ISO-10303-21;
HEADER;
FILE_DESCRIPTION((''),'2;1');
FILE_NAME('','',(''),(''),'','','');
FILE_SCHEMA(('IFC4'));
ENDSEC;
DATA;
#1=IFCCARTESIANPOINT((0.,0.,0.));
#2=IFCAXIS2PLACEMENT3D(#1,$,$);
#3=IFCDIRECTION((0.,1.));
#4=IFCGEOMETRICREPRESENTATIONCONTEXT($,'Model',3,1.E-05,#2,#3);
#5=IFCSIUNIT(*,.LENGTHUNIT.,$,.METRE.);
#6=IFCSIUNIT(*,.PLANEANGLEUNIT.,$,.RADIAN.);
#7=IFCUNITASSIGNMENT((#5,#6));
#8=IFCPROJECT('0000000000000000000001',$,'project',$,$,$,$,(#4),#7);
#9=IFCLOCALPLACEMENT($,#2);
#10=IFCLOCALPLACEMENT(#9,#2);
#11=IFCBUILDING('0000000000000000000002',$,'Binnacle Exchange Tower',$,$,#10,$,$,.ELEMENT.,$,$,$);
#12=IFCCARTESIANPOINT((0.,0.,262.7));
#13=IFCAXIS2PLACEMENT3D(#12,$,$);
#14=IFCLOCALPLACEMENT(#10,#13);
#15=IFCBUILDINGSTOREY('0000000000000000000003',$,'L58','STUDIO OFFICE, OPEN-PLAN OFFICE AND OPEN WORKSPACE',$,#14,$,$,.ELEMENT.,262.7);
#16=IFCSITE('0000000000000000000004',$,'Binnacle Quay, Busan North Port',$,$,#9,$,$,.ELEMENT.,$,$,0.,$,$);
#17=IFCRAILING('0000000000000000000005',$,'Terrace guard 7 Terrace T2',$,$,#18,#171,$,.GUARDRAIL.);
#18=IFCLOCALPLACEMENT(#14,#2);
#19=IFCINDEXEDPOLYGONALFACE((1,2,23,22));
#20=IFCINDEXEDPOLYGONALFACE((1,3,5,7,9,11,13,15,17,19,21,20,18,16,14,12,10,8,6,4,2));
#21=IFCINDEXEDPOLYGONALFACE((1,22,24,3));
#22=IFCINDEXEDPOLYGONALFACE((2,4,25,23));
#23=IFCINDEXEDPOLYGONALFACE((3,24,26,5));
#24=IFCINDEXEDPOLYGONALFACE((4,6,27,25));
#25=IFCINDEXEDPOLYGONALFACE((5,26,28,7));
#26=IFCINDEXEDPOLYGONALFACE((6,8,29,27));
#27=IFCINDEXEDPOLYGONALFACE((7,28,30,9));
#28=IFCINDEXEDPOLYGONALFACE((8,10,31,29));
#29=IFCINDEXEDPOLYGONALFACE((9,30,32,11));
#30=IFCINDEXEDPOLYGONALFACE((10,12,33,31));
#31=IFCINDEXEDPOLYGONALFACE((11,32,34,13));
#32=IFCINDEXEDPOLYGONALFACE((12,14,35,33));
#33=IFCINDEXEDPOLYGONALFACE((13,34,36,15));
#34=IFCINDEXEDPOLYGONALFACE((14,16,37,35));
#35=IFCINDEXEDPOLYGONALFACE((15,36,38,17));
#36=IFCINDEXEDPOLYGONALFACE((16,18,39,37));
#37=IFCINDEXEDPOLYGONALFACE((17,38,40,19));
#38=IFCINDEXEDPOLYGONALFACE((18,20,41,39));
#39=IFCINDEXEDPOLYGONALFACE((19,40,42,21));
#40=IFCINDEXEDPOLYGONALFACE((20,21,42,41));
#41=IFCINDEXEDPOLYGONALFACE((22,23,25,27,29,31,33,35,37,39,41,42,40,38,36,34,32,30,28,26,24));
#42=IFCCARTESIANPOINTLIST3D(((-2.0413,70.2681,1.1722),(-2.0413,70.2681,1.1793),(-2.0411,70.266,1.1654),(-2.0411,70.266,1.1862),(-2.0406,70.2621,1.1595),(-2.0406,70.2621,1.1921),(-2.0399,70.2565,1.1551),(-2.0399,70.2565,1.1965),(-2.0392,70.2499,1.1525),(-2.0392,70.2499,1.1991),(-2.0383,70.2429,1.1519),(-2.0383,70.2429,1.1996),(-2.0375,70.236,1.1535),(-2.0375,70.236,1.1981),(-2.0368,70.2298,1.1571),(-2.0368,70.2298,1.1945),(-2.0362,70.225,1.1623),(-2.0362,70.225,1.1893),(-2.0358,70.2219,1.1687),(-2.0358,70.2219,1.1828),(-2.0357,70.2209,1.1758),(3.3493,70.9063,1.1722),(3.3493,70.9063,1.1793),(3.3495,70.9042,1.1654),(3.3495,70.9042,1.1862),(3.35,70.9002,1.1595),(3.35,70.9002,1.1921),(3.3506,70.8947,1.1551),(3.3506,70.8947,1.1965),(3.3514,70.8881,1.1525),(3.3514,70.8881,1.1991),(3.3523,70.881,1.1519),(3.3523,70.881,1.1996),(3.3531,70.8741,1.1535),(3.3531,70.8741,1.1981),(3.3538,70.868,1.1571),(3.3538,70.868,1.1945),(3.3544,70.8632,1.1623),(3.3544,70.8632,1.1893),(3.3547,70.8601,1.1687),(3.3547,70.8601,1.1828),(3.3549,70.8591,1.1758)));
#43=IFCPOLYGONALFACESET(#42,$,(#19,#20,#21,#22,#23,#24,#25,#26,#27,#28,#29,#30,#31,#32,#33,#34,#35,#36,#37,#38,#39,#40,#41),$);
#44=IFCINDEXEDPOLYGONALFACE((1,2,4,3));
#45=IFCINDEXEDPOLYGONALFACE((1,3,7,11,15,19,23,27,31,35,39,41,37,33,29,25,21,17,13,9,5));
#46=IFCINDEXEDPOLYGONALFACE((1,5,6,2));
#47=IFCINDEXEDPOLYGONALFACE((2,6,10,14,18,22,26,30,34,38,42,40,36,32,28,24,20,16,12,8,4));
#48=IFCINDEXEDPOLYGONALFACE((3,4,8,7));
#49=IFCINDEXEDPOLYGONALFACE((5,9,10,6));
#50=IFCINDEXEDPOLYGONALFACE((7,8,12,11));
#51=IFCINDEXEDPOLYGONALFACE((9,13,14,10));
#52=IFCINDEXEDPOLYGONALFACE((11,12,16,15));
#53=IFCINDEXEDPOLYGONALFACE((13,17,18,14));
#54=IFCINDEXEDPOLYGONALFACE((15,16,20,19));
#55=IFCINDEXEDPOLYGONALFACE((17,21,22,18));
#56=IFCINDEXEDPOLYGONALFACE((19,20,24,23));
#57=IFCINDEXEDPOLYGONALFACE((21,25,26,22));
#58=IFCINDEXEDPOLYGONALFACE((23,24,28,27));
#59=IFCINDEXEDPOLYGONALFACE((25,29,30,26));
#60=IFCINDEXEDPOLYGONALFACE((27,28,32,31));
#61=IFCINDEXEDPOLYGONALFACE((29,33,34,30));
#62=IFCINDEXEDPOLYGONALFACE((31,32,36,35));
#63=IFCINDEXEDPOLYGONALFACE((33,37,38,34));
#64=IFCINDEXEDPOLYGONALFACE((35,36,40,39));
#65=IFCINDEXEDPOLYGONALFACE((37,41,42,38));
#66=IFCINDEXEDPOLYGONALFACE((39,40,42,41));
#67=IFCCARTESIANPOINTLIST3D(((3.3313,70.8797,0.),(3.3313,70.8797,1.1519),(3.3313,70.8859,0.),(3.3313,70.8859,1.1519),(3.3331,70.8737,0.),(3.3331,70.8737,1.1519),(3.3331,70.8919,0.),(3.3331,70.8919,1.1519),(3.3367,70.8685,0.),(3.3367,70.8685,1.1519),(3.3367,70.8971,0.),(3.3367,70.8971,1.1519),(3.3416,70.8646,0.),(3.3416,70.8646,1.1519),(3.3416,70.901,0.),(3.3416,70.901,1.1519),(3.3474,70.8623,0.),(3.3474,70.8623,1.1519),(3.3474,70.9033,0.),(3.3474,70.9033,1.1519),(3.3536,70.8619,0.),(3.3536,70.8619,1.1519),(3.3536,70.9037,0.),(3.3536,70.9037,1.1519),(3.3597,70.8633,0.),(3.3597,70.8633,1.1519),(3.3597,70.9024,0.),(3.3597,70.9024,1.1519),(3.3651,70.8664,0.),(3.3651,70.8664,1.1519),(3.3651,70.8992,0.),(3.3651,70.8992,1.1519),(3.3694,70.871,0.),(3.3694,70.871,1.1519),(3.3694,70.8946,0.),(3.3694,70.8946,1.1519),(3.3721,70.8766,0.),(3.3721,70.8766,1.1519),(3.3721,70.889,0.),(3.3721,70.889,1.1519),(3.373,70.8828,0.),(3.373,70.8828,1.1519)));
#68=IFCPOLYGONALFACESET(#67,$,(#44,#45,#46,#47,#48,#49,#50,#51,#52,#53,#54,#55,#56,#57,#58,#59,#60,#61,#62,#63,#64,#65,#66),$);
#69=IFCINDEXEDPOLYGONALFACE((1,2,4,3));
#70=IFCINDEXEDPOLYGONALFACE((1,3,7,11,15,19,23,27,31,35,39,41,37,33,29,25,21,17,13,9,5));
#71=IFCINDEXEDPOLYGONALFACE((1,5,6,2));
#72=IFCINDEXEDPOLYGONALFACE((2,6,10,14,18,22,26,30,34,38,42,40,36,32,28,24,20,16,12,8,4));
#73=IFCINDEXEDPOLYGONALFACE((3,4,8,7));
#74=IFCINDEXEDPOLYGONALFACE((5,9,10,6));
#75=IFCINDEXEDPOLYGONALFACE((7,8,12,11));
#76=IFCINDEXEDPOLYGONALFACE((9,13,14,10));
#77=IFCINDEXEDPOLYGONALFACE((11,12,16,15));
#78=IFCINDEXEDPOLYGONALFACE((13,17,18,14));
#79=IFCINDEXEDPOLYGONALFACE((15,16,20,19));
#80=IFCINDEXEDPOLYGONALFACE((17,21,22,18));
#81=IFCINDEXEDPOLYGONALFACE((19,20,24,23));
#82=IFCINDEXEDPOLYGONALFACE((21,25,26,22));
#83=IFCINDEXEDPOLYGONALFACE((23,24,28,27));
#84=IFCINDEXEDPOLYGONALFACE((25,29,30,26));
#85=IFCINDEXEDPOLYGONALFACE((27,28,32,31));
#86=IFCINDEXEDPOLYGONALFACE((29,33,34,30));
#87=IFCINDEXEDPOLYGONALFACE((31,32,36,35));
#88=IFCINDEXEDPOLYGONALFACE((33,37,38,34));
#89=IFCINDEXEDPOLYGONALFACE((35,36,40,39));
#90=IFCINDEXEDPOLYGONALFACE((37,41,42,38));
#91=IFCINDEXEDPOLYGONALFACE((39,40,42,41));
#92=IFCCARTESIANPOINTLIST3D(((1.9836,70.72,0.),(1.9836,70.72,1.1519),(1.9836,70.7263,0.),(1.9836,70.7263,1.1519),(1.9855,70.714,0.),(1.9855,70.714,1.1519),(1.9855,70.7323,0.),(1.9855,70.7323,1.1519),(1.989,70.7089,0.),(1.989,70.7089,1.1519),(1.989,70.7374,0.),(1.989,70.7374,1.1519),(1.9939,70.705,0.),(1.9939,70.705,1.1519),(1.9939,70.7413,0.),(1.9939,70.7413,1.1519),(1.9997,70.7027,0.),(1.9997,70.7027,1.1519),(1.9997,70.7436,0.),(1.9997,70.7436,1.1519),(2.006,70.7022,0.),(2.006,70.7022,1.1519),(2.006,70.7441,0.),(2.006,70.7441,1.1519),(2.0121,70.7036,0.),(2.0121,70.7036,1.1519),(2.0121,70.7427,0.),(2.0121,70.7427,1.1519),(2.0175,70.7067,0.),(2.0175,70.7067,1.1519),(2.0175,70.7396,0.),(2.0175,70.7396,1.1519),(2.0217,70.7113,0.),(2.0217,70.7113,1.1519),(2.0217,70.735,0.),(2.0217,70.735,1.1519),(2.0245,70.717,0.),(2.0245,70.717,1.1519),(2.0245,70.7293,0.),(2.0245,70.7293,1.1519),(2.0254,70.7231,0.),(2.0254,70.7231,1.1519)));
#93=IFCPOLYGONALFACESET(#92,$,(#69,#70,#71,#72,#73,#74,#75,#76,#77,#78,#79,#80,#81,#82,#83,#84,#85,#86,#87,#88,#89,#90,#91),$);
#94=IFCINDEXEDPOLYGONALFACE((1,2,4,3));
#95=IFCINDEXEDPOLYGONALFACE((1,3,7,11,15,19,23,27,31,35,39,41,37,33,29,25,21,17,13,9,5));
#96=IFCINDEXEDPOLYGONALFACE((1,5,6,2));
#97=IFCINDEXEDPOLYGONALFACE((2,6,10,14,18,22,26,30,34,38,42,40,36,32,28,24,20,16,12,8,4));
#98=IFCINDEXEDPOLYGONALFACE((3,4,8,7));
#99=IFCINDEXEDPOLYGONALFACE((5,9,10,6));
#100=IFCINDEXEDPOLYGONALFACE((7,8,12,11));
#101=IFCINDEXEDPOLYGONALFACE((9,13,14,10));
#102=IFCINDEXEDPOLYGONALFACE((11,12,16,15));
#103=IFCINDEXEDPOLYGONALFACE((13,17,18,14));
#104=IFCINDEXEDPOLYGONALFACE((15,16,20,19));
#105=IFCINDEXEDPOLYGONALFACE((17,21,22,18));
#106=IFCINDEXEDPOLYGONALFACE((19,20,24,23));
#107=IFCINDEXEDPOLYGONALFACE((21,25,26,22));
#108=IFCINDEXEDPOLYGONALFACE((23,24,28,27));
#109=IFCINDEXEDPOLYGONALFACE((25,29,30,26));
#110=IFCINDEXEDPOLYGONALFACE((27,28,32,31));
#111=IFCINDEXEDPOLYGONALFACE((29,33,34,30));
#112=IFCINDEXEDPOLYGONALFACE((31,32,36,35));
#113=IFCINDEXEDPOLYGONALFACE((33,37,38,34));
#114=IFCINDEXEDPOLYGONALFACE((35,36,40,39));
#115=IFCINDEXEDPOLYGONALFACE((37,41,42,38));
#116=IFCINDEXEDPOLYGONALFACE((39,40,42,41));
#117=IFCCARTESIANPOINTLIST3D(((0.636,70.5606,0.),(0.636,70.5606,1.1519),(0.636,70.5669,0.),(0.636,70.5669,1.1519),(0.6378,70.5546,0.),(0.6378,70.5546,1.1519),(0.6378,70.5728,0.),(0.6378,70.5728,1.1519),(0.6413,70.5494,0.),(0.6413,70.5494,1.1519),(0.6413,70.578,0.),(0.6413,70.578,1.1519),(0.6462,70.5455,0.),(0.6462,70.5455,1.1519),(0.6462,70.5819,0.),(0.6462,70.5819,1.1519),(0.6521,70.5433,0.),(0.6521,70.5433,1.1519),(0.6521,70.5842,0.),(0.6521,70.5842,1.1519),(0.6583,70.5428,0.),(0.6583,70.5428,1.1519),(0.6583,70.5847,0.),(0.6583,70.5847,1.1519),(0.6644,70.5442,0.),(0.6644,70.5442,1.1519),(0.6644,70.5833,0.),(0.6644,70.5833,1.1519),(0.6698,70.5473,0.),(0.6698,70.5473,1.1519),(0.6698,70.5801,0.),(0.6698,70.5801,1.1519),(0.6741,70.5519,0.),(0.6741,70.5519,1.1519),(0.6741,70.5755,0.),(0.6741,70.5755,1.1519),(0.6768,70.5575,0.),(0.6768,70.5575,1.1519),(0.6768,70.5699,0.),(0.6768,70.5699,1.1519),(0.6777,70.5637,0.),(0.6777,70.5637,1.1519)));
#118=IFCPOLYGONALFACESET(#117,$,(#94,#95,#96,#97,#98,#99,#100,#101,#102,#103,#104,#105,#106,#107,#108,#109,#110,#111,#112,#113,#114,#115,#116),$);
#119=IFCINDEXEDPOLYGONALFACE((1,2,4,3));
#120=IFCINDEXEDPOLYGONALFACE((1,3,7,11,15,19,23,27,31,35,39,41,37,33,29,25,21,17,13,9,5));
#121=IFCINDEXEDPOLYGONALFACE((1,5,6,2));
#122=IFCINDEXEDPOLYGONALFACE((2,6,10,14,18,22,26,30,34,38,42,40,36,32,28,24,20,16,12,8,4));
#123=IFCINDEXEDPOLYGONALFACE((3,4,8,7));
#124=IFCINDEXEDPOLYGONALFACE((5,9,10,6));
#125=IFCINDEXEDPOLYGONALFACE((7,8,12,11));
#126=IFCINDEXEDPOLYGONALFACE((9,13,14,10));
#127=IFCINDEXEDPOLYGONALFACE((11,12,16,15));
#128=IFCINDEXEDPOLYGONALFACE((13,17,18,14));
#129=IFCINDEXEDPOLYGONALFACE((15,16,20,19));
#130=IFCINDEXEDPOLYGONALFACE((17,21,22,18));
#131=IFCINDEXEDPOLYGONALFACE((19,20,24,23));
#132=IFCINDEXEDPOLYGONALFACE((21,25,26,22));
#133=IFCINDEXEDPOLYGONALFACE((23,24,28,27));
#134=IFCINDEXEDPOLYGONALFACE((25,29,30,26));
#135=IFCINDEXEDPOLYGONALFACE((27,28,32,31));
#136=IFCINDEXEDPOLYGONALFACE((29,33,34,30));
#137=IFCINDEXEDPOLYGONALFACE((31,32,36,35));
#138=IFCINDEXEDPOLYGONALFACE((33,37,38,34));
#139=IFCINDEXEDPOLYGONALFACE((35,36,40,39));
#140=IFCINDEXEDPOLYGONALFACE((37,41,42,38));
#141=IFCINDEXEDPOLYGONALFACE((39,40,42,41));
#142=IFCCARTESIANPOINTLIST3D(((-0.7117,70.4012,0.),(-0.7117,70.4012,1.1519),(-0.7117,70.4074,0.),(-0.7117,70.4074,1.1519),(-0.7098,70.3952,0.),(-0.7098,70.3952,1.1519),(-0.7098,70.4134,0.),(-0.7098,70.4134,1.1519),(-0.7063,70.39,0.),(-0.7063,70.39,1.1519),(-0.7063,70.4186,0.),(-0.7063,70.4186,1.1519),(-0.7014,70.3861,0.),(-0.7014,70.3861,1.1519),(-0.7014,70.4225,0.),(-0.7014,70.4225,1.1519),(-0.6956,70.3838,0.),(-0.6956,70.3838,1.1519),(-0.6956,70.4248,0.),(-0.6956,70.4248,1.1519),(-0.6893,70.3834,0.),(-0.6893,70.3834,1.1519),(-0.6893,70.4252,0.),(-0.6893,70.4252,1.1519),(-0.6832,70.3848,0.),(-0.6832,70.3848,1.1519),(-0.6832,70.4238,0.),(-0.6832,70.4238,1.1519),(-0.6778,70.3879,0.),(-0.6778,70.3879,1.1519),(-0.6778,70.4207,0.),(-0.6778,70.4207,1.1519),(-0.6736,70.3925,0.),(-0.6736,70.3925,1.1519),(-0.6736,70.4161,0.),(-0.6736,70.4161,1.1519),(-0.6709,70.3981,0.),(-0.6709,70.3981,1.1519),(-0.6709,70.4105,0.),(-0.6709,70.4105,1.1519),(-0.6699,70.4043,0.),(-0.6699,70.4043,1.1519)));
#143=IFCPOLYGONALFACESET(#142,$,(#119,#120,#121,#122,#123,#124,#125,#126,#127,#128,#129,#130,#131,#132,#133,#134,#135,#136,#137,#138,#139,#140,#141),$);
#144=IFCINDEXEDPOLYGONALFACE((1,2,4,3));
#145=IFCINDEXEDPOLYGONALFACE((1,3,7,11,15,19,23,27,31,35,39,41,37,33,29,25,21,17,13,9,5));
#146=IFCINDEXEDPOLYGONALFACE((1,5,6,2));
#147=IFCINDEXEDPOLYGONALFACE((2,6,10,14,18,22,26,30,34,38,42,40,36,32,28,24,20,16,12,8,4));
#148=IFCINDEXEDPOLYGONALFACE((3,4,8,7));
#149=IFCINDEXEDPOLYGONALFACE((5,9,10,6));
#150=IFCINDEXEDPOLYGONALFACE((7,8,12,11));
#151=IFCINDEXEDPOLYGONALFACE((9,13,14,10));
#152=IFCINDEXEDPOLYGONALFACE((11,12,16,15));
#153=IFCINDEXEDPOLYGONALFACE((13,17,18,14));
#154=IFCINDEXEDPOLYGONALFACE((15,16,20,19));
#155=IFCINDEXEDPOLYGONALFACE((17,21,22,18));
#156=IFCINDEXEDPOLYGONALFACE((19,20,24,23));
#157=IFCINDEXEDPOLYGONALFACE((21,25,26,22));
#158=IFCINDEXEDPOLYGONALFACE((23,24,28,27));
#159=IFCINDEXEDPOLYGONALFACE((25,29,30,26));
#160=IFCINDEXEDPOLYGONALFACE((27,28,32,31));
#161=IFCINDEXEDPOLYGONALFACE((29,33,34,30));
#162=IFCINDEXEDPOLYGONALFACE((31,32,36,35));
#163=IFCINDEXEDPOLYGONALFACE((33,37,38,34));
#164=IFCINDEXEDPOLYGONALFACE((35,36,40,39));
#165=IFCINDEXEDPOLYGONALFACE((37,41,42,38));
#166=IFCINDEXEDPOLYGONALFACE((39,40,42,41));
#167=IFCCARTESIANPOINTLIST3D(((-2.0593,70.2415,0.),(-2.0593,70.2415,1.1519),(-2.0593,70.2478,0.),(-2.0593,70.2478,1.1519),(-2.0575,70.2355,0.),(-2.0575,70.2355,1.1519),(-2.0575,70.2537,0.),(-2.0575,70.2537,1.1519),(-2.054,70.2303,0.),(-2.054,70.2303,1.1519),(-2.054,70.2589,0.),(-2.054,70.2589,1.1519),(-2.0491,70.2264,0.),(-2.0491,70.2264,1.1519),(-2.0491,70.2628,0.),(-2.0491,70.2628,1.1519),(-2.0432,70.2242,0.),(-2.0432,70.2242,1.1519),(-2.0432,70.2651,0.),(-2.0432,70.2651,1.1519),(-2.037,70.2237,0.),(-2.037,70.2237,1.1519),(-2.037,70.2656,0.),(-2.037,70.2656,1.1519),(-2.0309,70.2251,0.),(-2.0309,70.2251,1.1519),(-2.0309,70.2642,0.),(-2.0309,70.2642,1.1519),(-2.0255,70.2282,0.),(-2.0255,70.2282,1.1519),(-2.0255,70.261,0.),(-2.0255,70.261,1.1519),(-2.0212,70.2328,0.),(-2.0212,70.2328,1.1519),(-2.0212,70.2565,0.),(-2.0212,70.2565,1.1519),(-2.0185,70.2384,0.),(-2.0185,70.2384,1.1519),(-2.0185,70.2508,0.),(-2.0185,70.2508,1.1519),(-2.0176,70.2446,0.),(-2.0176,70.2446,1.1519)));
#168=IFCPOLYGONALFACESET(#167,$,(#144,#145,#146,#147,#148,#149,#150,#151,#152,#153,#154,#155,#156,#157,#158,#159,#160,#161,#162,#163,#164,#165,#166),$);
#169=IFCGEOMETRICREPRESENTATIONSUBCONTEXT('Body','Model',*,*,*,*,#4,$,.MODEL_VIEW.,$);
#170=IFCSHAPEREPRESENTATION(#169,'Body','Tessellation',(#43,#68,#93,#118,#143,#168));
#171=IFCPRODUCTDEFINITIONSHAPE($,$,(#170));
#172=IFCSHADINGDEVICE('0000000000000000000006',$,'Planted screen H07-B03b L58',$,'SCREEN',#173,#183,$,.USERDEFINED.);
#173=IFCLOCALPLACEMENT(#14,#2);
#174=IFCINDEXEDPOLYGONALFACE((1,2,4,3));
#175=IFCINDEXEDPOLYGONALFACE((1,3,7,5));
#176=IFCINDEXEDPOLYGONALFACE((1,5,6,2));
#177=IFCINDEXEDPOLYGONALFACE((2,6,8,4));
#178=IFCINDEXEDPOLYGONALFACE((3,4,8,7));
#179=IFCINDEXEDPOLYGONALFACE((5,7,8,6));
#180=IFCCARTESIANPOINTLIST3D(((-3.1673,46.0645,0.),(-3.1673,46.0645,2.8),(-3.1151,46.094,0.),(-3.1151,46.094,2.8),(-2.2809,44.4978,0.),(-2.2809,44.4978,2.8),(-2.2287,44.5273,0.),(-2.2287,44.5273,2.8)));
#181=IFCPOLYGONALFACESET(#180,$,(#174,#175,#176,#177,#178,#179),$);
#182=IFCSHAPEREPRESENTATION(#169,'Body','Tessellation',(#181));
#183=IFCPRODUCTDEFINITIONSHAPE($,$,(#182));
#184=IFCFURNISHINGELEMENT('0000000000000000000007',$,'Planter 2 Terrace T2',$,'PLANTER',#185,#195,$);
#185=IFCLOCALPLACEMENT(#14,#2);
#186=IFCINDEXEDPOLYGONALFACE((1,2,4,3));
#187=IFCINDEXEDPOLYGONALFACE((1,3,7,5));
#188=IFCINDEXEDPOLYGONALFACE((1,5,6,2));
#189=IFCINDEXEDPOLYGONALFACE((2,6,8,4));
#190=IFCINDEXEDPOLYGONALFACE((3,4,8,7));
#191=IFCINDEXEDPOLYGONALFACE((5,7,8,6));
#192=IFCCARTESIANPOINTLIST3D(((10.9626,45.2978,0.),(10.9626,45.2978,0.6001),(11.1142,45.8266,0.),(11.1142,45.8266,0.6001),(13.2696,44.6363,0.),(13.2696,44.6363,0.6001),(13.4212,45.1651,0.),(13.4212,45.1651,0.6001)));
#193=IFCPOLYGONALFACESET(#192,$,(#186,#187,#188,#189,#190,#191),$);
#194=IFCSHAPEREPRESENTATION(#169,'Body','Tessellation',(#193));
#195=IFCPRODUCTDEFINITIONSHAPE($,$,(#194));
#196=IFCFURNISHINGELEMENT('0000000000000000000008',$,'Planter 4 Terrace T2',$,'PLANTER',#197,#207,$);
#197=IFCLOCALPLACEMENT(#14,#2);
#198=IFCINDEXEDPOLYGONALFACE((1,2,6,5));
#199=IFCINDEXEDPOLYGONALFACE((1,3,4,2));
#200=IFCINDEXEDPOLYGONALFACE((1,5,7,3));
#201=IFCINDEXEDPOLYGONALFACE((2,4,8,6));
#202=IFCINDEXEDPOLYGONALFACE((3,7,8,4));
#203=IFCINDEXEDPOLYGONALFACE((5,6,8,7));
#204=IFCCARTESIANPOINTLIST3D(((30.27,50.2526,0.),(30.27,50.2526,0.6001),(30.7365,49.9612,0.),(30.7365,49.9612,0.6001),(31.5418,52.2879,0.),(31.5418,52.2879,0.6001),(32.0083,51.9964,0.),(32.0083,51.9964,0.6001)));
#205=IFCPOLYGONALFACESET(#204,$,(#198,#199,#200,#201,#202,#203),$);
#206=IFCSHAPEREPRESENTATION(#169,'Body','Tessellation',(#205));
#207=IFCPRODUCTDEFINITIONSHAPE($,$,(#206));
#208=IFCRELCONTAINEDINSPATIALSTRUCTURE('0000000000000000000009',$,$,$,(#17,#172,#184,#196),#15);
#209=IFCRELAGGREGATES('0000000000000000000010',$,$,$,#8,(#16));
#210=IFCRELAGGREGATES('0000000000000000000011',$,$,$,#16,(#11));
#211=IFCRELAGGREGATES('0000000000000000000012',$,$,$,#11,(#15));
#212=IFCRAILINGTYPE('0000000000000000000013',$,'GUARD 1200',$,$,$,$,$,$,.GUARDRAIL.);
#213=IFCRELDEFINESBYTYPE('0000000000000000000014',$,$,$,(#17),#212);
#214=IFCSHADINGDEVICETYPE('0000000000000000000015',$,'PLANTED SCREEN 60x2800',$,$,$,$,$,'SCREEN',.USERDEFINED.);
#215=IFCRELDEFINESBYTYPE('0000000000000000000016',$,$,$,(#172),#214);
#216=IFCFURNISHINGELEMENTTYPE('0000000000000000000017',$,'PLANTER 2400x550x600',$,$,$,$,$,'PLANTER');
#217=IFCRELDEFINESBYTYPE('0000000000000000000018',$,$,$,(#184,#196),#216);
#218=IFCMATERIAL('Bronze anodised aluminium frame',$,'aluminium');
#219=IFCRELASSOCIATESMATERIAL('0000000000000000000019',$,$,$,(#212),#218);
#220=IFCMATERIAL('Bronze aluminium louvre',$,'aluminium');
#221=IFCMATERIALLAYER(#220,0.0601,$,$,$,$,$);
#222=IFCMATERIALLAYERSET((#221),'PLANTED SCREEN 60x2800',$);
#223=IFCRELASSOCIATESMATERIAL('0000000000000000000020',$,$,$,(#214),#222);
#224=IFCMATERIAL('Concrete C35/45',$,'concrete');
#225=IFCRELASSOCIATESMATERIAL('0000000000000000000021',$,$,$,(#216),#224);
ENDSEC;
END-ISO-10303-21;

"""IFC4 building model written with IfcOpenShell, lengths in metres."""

from ifc_helpers import new_model, si_unit, direction, frame, origin, origin_2d, place, context, subcontext, project, spatial, rectangle, circle, extrude, material, layer, layer_set, type_object, element, save


model = new_model("IFC4")

# Units and contexts
model_context = context("Model", 3, precision=1e-05, world=origin(), true_north=direction((0.0, 1.0)))
body_context = subcontext(model_context, "Body", "Model", "MODEL_VIEW")
ifc_project = project(units=[si_unit("LENGTHUNIT", "METRE"), si_unit("PLANEANGLEUNIT", "RADIAN")], contexts=[model_context])

# Site, building, storey
site_placement = place(None, origin())
site = spatial("IfcSite", under=ifc_project, at=site_placement, Name="Binnacle Quay, Busan North Port", CompositionType="ELEMENT", RefElevation=0.0)
building_placement = place(site_placement, origin())
building = spatial("IfcBuilding", under=site, at=building_placement, Name="Binnacle Exchange Tower", CompositionType="ELEMENT")
storey_placement = place(building_placement, frame((0.0, 0.0, 262.7)))
storey = spatial("IfcBuildingStorey", under=building, at=storey_placement, Name="L58", Description="STUDIO OFFICE, OPEN-PLAN OFFICE AND OPEN WORKSPACE", CompositionType="ELEMENT", Elevation=262.7)

# Shared definitions
ifc_material_1 = material(Name="Bronze anodised aluminium frame", Category="aluminium")

# Railing
railing_type = type_object("IfcRailingType", Name="GUARD 1200", PredefinedType="GUARDRAIL", material=ifc_material_1)
railing_1_placement = place(storey_placement, frame((3.3521, 70.8828, 0.0)))
element("IfcRailing", 1, at=railing_1_placement, inside=storey, type_object=railing_type, Name="Terrace guard 7 Terrace T2", PredefinedType="GUARDRAIL", context=body_context, shape_type="SweptSolid", body=[
    extrude(circle(Radius=0.0239, at=origin_2d()), frame((0.0, 0.0, 1.1758), z_axis=(-0.993065, -0.117567, 0.0), x_axis=(0.117567, -0.993065, 0.0)), (0.0, 0.0, 1.0), 5.4282),
    extrude(circle(Radius=0.021, at=origin_2d()), origin(), (0.0, 0.0, 1.0), 1.1519),
    extrude(circle(Radius=0.021, at=origin_2d()), frame((-1.3477, -0.1597, 0.0)), (0.0, 0.0, 1.0), 1.1519),
    extrude(circle(Radius=0.021, at=origin_2d()), frame((-2.6953, -0.3191, 0.0)), (0.0, 0.0, 1.0), 1.1519),
    extrude(circle(Radius=0.021, at=origin_2d()), frame((-4.043, -0.4785, 0.0)), (0.0, 0.0, 1.0), 1.1519),
    extrude(circle(Radius=0.021, at=origin_2d()), frame((-5.3906, -0.6382, 0.0)), (0.0, 0.0, 1.0), 1.1519),
])

# Shading device
ifc_material_2 = material(Name="Bronze aluminium louvre", Category="aluminium")
ifc_layer_1 = layer(ifc_material_2, 0.0601)
ifc_layer_set_1 = layer_set([ifc_layer_1], Name="PLANTED SCREEN 60x2800")
shading_device_type = type_object("IfcShadingDeviceType", Name="PLANTED SCREEN 60x2800", ElementType="SCREEN", PredefinedType="USERDEFINED", material=ifc_layer_set_1)
shading_device_placement = place(storey_placement, frame((-2.698, 45.2959, 0.0), z_axis=(0.0, 0.0, 1.0), x_axis=(0.870356, 0.492424, 0.0)))
element("IfcShadingDevice", 2, at=shading_device_placement, inside=storey, type_object=shading_device_type, Name="Planted screen H07-B03b L58", ObjectType="SCREEN", PredefinedType="USERDEFINED", context=body_context, shape_type="SweptSolid", body=[
    extrude(rectangle(XDim=0.0601, YDim=1.8, at=origin_2d()), origin(), (0.0, 0.0, 1.0), 2.8),
])

# Furnishing elements
ifc_material_3 = material(Name="Concrete C35/45", Category="concrete")
furnishing_element_type = type_object("IfcFurnishingElementType", Name="PLANTER 2400x550x600", ElementType="PLANTER", material=ifc_material_3)
for number, where, z_axis, x_axis, name in (
    (3, (12.1919, 45.2314, 0.0), (0.0, 0.0, 1.0), (0.961262, -0.275636, 0.0), "Planter 2 Terrace T2"),
    (4, (31.1392, 51.1245, 0.0), (0.0, 0.0, 1.0), (0.529919, 0.848048, 0.0), "Planter 4 Terrace T2"),
):
    element("IfcFurnishingElement", number, at=place(storey_placement, frame(where, z_axis=z_axis, x_axis=x_axis)), inside=storey, type_object=furnishing_element_type, Name=name, ObjectType="PLANTER", context=body_context, shape_type="SweptSolid", body=[
        extrude(rectangle(XDim=2.3999, YDim=0.55, at=origin_2d()), origin(), (0.0, 0.0, 1.0), 0.6001),
    ])

save(model, "model.ifc")
